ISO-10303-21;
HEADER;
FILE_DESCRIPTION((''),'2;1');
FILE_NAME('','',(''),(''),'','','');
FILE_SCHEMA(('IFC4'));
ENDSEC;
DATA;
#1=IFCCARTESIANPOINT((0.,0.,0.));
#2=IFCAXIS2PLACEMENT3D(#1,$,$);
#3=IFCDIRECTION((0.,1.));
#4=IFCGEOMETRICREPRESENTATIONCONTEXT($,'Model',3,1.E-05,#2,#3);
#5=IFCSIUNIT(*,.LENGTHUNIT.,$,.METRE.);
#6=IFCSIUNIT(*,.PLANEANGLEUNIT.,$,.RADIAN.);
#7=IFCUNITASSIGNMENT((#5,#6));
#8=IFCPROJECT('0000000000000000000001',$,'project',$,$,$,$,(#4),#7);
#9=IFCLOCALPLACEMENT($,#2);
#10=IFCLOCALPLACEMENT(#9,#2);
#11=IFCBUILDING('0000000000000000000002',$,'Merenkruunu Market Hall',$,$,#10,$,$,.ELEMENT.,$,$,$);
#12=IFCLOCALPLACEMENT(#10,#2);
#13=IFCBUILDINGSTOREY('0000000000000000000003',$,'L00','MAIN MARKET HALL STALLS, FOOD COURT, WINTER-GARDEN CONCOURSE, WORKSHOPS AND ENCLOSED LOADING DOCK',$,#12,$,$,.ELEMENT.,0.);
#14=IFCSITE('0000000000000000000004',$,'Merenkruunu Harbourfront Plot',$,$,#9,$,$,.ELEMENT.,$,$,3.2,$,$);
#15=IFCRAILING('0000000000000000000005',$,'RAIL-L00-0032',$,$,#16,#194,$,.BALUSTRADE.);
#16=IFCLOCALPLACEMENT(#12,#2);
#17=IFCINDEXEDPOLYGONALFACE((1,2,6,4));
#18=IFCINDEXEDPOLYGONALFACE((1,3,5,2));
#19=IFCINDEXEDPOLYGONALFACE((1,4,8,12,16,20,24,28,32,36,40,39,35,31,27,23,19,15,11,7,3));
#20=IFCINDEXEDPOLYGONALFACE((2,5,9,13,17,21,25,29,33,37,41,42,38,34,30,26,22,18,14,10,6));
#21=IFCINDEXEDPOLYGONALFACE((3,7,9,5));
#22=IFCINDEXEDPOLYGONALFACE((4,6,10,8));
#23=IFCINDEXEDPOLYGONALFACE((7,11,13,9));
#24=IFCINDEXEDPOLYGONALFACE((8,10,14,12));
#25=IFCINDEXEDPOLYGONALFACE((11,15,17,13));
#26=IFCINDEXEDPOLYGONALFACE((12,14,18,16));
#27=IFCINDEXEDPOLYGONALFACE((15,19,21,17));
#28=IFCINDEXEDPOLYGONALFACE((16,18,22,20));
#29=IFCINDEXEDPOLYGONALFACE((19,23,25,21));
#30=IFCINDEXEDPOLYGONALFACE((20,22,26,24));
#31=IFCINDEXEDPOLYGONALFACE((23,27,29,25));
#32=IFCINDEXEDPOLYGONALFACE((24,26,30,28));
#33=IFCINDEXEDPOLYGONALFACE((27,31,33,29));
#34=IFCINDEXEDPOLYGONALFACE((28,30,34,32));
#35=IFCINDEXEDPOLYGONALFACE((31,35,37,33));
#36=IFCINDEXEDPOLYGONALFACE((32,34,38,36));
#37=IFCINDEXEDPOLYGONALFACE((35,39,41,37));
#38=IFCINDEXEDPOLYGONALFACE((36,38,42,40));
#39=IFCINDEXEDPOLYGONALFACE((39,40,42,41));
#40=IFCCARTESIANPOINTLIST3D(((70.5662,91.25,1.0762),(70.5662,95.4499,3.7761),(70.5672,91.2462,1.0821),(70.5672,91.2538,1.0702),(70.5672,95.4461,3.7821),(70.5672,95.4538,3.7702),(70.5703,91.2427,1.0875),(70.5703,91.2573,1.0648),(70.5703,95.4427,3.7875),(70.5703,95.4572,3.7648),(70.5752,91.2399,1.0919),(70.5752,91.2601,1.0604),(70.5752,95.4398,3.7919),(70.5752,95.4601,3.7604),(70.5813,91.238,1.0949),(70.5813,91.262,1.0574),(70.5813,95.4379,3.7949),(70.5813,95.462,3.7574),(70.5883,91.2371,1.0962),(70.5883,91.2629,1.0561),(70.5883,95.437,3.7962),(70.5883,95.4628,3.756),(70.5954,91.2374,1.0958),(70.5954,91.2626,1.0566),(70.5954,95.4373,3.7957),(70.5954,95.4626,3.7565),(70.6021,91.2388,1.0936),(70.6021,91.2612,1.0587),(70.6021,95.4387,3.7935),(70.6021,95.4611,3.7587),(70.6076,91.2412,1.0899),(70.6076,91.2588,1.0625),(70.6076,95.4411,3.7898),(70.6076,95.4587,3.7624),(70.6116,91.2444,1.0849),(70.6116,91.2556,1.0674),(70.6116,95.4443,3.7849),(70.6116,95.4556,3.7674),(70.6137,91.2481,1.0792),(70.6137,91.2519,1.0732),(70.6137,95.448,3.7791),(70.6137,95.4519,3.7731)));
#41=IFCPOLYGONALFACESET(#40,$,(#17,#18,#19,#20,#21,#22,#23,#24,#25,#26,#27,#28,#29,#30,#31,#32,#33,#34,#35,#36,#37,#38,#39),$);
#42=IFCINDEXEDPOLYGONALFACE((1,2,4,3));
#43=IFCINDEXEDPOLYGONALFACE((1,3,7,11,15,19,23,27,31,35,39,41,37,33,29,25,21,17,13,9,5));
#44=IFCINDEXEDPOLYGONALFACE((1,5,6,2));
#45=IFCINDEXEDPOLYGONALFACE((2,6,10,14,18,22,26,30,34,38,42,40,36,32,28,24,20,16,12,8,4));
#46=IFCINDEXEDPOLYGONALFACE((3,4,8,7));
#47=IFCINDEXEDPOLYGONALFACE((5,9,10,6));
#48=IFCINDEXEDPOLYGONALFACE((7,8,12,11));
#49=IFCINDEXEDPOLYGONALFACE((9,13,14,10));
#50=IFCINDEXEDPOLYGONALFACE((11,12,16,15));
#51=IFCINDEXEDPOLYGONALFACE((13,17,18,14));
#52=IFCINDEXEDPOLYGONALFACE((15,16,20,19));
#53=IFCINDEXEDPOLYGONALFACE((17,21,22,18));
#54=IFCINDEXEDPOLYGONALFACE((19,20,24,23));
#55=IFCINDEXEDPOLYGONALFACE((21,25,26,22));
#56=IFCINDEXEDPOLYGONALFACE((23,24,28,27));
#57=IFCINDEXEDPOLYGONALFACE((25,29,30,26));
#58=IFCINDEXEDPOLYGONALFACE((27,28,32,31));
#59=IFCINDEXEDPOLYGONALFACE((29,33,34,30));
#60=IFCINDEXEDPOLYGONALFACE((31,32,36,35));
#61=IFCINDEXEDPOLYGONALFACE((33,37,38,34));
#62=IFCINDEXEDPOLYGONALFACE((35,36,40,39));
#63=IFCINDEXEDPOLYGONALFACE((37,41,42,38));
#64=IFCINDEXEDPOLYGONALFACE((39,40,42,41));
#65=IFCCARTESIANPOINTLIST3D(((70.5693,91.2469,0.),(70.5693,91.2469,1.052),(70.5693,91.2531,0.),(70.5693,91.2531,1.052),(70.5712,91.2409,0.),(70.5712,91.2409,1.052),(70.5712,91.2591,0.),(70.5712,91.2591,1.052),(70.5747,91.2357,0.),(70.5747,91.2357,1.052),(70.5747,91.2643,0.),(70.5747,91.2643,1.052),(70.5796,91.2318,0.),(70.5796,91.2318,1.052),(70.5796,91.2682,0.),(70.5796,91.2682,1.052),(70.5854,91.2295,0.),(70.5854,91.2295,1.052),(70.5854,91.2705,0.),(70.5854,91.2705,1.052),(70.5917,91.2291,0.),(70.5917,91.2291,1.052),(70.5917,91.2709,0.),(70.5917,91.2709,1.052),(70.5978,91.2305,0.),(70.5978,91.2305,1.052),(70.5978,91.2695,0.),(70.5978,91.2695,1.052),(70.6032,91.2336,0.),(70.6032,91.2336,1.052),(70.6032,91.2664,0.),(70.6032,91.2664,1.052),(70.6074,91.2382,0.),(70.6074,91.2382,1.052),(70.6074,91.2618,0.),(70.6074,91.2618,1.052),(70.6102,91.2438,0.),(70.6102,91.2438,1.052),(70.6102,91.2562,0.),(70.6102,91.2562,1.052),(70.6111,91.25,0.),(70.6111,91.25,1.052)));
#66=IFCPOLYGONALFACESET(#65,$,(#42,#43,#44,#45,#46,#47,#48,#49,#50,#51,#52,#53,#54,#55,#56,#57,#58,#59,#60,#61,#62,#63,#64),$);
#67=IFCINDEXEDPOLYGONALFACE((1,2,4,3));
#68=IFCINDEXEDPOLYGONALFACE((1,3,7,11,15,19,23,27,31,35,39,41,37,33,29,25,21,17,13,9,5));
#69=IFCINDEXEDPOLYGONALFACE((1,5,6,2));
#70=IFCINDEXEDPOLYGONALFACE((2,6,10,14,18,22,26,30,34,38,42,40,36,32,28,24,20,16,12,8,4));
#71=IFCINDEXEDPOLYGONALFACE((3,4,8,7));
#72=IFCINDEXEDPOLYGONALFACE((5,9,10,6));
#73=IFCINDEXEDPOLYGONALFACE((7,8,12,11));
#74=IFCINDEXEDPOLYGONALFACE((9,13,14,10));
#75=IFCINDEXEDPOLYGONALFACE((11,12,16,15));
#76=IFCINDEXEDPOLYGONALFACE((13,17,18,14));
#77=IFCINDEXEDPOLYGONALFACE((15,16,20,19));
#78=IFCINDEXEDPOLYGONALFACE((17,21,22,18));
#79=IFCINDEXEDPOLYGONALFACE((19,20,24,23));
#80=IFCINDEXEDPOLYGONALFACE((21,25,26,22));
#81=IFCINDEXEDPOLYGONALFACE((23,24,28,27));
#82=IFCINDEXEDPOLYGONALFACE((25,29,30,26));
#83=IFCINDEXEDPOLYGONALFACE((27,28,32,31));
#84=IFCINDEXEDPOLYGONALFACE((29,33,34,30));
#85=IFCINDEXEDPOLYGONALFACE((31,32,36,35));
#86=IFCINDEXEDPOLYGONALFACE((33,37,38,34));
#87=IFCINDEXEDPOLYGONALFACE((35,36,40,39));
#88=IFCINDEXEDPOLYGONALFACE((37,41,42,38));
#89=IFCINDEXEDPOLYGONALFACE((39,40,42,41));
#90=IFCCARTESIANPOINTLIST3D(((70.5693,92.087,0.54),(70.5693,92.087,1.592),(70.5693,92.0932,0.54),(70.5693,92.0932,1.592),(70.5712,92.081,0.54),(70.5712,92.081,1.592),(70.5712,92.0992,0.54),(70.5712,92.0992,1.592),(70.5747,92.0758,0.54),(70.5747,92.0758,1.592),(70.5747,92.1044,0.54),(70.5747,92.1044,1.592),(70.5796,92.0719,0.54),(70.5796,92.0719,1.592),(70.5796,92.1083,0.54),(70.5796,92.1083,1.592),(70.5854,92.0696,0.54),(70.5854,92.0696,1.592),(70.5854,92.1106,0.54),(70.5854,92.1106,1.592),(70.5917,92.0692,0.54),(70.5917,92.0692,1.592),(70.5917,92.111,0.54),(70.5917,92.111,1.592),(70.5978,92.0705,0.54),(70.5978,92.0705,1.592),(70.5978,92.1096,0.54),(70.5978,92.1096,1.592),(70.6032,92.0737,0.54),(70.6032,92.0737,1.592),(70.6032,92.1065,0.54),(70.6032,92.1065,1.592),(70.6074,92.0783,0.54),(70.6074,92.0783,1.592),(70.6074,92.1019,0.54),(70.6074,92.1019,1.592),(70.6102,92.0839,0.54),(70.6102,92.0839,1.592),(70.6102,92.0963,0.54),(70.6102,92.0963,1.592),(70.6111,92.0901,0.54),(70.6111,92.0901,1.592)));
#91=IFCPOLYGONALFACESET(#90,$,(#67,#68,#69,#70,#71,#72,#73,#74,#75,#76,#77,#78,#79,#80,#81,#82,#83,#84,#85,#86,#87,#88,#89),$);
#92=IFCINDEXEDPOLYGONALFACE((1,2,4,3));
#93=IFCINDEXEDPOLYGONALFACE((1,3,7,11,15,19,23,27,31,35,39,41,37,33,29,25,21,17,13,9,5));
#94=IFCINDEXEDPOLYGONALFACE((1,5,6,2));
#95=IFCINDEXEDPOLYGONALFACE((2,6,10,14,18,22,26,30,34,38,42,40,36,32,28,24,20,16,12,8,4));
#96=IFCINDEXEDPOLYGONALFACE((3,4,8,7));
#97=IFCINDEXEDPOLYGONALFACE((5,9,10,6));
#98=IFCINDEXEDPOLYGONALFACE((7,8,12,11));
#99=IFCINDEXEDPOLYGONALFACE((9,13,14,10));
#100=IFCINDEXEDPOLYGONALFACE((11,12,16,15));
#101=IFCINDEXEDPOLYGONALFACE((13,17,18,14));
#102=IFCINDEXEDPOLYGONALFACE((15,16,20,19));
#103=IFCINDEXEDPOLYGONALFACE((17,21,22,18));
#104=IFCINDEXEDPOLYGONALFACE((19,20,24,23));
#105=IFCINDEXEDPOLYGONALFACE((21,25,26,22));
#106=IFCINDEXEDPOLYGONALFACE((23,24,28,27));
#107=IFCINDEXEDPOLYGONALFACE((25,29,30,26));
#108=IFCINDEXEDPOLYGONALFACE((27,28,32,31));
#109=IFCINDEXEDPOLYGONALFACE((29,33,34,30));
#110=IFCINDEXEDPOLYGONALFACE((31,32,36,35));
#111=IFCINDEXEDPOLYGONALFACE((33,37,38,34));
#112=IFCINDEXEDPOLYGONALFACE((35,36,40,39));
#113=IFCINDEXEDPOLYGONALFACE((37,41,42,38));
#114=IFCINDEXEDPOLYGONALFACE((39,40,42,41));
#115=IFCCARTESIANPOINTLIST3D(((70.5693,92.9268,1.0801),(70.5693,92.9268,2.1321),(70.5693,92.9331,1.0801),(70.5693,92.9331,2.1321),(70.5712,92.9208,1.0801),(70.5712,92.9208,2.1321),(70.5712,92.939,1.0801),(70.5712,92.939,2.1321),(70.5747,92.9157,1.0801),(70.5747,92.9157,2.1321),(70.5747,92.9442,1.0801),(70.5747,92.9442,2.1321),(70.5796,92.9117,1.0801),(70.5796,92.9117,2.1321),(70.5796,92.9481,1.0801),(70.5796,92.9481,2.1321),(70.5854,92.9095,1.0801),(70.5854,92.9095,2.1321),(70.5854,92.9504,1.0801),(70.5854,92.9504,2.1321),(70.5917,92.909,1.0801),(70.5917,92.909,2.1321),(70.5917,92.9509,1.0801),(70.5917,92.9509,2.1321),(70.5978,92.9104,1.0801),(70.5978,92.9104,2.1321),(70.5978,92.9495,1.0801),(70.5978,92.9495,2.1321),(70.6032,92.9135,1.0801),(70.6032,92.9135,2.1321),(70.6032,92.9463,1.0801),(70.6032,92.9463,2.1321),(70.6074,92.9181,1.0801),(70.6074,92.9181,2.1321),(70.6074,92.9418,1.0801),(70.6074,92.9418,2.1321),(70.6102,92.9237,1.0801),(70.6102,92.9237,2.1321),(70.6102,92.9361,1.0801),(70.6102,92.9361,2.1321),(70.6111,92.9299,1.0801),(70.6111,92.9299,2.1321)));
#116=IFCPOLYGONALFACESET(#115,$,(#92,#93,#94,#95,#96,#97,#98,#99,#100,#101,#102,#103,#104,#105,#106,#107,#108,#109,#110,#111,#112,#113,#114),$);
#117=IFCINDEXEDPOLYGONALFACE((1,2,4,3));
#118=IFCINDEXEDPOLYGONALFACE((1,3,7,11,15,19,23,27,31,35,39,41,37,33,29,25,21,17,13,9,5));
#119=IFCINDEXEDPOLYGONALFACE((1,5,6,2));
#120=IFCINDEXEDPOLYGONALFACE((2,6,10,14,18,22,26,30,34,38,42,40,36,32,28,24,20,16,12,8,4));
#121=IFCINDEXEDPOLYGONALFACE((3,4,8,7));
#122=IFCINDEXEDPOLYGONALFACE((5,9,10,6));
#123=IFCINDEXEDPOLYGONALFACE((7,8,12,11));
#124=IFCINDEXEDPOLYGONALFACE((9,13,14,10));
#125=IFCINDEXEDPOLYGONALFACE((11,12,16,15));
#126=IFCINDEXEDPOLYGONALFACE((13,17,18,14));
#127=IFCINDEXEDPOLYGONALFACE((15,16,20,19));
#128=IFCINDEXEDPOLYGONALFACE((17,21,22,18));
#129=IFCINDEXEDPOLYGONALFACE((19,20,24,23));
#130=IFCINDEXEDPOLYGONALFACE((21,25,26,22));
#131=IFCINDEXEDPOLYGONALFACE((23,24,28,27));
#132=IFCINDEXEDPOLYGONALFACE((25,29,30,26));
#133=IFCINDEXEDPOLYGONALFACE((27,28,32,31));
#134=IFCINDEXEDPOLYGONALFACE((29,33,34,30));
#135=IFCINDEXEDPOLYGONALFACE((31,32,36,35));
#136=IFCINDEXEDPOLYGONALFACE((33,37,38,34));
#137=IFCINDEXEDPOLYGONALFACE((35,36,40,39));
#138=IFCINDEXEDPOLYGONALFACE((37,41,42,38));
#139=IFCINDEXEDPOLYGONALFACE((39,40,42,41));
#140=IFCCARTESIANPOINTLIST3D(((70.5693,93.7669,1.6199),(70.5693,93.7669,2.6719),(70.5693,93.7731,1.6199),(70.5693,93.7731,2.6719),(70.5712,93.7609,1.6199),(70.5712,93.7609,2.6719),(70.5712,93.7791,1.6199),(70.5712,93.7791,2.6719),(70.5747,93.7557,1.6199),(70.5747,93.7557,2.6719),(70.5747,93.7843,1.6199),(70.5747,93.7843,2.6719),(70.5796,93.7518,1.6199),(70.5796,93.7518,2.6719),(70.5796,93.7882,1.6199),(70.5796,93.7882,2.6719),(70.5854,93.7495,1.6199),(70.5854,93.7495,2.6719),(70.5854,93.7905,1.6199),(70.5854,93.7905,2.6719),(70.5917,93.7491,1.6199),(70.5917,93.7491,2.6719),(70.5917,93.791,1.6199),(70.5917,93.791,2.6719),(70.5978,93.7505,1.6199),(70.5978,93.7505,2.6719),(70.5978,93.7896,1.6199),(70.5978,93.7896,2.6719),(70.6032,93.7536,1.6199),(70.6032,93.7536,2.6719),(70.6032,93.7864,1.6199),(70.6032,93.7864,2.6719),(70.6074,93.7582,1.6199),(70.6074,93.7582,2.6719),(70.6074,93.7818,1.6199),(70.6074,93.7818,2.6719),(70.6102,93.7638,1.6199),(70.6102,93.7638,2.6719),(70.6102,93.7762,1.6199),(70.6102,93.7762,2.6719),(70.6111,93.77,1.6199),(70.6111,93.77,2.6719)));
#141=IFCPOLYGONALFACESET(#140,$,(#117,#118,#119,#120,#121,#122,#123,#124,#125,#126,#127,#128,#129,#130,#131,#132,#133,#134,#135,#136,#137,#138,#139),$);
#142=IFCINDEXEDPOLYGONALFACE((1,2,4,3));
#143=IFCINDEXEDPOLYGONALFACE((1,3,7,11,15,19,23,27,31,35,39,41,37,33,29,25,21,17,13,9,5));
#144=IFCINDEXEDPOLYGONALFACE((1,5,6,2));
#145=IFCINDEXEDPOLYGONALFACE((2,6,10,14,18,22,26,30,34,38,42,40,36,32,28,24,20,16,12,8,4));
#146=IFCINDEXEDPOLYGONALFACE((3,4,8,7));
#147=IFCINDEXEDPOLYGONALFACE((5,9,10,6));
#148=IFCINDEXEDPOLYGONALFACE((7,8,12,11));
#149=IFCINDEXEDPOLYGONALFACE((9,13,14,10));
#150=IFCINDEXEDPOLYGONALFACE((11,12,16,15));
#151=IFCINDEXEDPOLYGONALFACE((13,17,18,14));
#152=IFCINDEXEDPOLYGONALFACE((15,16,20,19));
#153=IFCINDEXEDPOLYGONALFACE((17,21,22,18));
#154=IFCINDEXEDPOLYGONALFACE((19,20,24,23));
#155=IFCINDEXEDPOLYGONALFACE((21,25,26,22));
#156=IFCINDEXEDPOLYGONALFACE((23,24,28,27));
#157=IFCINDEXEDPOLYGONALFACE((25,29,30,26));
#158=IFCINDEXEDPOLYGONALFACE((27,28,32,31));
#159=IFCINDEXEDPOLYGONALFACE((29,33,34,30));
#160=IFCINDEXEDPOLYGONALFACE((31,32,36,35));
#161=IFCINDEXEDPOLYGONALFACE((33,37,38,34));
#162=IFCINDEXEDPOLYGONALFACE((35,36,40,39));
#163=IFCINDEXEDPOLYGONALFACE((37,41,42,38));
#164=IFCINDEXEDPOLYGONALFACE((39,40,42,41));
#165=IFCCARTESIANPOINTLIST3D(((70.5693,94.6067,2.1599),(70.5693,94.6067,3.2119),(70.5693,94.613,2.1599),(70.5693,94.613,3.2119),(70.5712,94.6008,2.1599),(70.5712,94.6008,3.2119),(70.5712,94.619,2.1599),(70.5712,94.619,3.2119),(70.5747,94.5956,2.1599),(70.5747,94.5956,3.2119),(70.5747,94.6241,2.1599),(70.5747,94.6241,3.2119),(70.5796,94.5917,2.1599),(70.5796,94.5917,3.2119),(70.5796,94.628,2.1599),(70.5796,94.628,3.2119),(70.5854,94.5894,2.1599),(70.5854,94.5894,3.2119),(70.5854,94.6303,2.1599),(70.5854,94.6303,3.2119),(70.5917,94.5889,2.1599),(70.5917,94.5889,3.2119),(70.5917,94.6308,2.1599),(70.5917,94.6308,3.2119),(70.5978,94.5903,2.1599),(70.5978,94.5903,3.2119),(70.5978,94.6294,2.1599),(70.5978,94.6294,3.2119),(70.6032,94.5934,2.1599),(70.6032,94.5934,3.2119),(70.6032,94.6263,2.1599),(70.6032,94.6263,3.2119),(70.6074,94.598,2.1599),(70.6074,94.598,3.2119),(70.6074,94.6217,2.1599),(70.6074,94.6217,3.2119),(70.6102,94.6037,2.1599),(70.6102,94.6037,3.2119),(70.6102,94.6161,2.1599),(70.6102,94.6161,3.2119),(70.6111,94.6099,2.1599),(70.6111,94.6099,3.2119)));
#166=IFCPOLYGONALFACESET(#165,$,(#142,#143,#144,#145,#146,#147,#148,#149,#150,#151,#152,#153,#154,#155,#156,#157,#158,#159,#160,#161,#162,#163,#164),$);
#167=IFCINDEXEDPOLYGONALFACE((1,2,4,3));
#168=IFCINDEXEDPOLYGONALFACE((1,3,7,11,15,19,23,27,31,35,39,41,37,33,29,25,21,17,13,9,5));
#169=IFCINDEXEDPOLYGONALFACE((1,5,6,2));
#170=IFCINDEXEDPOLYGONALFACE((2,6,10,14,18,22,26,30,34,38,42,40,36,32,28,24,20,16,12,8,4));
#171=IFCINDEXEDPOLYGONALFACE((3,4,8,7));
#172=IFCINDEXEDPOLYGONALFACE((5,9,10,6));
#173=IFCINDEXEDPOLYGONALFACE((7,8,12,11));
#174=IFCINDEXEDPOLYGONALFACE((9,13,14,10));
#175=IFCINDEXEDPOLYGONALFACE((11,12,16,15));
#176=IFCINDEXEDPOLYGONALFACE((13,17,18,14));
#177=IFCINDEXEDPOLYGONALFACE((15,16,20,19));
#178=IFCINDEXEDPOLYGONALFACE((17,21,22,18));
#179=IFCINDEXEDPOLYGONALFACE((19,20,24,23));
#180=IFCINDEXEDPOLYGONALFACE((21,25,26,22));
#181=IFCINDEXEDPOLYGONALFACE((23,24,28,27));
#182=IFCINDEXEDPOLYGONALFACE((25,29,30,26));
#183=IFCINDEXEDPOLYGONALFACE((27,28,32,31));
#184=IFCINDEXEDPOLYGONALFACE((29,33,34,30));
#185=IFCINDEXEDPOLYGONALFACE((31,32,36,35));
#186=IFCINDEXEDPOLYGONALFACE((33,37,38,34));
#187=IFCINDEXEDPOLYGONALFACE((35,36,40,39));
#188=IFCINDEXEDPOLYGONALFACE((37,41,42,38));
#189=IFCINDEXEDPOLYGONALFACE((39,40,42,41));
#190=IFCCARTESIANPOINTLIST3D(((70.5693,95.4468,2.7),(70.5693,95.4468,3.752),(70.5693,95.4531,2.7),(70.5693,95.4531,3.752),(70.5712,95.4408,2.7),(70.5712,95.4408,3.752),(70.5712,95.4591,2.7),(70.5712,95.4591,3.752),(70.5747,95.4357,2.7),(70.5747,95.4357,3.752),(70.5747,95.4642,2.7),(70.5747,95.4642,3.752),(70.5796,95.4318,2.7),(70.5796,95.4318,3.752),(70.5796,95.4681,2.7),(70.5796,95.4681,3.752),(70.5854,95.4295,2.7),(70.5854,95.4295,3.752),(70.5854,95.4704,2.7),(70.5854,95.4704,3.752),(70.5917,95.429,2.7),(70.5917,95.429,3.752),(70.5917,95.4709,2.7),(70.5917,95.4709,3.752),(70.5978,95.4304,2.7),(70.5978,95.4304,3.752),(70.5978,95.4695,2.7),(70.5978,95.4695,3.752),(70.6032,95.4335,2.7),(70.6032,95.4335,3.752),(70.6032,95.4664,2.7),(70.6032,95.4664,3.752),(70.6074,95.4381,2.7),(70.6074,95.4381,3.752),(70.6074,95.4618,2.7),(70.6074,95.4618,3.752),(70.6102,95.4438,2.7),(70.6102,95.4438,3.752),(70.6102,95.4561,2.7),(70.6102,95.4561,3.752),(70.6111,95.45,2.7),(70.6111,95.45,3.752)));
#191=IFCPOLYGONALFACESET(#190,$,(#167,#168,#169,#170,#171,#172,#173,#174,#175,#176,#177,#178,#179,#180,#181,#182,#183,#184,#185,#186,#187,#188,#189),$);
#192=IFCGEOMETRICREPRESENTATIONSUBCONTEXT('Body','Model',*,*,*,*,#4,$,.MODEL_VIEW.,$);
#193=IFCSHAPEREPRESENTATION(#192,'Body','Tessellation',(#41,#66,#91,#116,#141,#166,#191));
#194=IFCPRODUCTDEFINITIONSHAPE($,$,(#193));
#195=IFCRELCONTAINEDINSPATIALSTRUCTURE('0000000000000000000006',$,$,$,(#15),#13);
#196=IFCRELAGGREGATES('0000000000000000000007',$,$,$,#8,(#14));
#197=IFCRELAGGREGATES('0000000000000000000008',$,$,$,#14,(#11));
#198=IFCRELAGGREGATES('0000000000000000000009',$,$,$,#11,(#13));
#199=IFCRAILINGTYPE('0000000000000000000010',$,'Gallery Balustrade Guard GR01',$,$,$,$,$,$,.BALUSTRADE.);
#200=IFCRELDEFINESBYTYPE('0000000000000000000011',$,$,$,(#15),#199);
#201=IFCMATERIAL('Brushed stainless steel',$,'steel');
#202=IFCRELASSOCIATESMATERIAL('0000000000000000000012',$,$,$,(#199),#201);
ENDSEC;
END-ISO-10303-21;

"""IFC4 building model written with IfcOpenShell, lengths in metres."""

from ifc_helpers import new_model, si_unit, direction, frame, origin, origin_2d, place, context, subcontext, project, spatial, circle, extrude, material, type_object, element, save


model = new_model("IFC4")

# Units and contexts
model_context = context("Model", 3, precision=1e-05, world=origin(), true_north=direction((0.0, 1.0)))
body_context = subcontext(model_context, "Body", "Model", "MODEL_VIEW")
ifc_project = project(units=[si_unit("LENGTHUNIT", "METRE"), si_unit("PLANEANGLEUNIT", "RADIAN")], contexts=[model_context])

# Site, building, storey
site_placement = place(None, origin())
site = spatial("IfcSite", under=ifc_project, at=site_placement, Name="Merenkruunu Harbourfront Plot", CompositionType="ELEMENT", RefElevation=3.2)
building_placement = place(site_placement, origin())
building = spatial("IfcBuilding", under=site, at=building_placement, Name="Merenkruunu Market Hall", CompositionType="ELEMENT")
storey_placement = place(building_placement, origin())
storey = spatial("IfcBuildingStorey", under=building, at=storey_placement, Name="L00", Description="MAIN MARKET HALL STALLS, FOOD COURT, WINTER-GARDEN CONCOURSE, WORKSHOPS AND ENCLOSED LOADING DOCK", CompositionType="ELEMENT", Elevation=0.0)

# Railing
ifc_material_1 = material(Name="Brushed stainless steel", Category="steel")
railing_type_1 = type_object("IfcRailingType", Name="Gallery Balustrade Guard GR01", PredefinedType="BALUSTRADE", material=ifc_material_1)
railing_1_placement = place(storey_placement, frame((70.5901, 91.25, 0.0)))
element("IfcRailing", 1, at=railing_1_placement, inside=storey, type_object=railing_type_1, Name="RAIL-L00-0032", PredefinedType="BALUSTRADE", context=body_context, shape_type="SweptSolid", body=[
    extrude(circle(Radius=0.0239, at=origin_2d()), frame((0.0, 0.0, 1.0762), z_axis=(0.0, 0.84118, 0.540755), x_axis=(-1.0, 0.0, 0.0)), (0.0, 0.0, 1.0), 4.9929),
    extrude(circle(Radius=0.021, at=origin_2d()), origin(), (0.0, 0.0, 1.0), 1.052),
    extrude(circle(Radius=0.021, at=origin_2d()), frame((0.0, 0.8401, 0.54)), (0.0, 0.0, 1.0), 1.052),
    extrude(circle(Radius=0.021, at=origin_2d()), frame((0.0, 1.6799, 1.0801)), (0.0, 0.0, 1.0), 1.052),
    extrude(circle(Radius=0.021, at=origin_2d()), frame((0.0, 2.52, 1.6199)), (0.0, 0.0, 1.0), 1.052),
    extrude(circle(Radius=0.021, at=origin_2d()), frame((0.0, 3.3599, 2.1599)), (0.0, 0.0, 1.0), 1.052),
    extrude(circle(Radius=0.021, at=origin_2d()), frame((0.0, 4.2, 2.7)), (0.0, 0.0, 1.0), 1.052),
])

save(model, "model.ifc")
